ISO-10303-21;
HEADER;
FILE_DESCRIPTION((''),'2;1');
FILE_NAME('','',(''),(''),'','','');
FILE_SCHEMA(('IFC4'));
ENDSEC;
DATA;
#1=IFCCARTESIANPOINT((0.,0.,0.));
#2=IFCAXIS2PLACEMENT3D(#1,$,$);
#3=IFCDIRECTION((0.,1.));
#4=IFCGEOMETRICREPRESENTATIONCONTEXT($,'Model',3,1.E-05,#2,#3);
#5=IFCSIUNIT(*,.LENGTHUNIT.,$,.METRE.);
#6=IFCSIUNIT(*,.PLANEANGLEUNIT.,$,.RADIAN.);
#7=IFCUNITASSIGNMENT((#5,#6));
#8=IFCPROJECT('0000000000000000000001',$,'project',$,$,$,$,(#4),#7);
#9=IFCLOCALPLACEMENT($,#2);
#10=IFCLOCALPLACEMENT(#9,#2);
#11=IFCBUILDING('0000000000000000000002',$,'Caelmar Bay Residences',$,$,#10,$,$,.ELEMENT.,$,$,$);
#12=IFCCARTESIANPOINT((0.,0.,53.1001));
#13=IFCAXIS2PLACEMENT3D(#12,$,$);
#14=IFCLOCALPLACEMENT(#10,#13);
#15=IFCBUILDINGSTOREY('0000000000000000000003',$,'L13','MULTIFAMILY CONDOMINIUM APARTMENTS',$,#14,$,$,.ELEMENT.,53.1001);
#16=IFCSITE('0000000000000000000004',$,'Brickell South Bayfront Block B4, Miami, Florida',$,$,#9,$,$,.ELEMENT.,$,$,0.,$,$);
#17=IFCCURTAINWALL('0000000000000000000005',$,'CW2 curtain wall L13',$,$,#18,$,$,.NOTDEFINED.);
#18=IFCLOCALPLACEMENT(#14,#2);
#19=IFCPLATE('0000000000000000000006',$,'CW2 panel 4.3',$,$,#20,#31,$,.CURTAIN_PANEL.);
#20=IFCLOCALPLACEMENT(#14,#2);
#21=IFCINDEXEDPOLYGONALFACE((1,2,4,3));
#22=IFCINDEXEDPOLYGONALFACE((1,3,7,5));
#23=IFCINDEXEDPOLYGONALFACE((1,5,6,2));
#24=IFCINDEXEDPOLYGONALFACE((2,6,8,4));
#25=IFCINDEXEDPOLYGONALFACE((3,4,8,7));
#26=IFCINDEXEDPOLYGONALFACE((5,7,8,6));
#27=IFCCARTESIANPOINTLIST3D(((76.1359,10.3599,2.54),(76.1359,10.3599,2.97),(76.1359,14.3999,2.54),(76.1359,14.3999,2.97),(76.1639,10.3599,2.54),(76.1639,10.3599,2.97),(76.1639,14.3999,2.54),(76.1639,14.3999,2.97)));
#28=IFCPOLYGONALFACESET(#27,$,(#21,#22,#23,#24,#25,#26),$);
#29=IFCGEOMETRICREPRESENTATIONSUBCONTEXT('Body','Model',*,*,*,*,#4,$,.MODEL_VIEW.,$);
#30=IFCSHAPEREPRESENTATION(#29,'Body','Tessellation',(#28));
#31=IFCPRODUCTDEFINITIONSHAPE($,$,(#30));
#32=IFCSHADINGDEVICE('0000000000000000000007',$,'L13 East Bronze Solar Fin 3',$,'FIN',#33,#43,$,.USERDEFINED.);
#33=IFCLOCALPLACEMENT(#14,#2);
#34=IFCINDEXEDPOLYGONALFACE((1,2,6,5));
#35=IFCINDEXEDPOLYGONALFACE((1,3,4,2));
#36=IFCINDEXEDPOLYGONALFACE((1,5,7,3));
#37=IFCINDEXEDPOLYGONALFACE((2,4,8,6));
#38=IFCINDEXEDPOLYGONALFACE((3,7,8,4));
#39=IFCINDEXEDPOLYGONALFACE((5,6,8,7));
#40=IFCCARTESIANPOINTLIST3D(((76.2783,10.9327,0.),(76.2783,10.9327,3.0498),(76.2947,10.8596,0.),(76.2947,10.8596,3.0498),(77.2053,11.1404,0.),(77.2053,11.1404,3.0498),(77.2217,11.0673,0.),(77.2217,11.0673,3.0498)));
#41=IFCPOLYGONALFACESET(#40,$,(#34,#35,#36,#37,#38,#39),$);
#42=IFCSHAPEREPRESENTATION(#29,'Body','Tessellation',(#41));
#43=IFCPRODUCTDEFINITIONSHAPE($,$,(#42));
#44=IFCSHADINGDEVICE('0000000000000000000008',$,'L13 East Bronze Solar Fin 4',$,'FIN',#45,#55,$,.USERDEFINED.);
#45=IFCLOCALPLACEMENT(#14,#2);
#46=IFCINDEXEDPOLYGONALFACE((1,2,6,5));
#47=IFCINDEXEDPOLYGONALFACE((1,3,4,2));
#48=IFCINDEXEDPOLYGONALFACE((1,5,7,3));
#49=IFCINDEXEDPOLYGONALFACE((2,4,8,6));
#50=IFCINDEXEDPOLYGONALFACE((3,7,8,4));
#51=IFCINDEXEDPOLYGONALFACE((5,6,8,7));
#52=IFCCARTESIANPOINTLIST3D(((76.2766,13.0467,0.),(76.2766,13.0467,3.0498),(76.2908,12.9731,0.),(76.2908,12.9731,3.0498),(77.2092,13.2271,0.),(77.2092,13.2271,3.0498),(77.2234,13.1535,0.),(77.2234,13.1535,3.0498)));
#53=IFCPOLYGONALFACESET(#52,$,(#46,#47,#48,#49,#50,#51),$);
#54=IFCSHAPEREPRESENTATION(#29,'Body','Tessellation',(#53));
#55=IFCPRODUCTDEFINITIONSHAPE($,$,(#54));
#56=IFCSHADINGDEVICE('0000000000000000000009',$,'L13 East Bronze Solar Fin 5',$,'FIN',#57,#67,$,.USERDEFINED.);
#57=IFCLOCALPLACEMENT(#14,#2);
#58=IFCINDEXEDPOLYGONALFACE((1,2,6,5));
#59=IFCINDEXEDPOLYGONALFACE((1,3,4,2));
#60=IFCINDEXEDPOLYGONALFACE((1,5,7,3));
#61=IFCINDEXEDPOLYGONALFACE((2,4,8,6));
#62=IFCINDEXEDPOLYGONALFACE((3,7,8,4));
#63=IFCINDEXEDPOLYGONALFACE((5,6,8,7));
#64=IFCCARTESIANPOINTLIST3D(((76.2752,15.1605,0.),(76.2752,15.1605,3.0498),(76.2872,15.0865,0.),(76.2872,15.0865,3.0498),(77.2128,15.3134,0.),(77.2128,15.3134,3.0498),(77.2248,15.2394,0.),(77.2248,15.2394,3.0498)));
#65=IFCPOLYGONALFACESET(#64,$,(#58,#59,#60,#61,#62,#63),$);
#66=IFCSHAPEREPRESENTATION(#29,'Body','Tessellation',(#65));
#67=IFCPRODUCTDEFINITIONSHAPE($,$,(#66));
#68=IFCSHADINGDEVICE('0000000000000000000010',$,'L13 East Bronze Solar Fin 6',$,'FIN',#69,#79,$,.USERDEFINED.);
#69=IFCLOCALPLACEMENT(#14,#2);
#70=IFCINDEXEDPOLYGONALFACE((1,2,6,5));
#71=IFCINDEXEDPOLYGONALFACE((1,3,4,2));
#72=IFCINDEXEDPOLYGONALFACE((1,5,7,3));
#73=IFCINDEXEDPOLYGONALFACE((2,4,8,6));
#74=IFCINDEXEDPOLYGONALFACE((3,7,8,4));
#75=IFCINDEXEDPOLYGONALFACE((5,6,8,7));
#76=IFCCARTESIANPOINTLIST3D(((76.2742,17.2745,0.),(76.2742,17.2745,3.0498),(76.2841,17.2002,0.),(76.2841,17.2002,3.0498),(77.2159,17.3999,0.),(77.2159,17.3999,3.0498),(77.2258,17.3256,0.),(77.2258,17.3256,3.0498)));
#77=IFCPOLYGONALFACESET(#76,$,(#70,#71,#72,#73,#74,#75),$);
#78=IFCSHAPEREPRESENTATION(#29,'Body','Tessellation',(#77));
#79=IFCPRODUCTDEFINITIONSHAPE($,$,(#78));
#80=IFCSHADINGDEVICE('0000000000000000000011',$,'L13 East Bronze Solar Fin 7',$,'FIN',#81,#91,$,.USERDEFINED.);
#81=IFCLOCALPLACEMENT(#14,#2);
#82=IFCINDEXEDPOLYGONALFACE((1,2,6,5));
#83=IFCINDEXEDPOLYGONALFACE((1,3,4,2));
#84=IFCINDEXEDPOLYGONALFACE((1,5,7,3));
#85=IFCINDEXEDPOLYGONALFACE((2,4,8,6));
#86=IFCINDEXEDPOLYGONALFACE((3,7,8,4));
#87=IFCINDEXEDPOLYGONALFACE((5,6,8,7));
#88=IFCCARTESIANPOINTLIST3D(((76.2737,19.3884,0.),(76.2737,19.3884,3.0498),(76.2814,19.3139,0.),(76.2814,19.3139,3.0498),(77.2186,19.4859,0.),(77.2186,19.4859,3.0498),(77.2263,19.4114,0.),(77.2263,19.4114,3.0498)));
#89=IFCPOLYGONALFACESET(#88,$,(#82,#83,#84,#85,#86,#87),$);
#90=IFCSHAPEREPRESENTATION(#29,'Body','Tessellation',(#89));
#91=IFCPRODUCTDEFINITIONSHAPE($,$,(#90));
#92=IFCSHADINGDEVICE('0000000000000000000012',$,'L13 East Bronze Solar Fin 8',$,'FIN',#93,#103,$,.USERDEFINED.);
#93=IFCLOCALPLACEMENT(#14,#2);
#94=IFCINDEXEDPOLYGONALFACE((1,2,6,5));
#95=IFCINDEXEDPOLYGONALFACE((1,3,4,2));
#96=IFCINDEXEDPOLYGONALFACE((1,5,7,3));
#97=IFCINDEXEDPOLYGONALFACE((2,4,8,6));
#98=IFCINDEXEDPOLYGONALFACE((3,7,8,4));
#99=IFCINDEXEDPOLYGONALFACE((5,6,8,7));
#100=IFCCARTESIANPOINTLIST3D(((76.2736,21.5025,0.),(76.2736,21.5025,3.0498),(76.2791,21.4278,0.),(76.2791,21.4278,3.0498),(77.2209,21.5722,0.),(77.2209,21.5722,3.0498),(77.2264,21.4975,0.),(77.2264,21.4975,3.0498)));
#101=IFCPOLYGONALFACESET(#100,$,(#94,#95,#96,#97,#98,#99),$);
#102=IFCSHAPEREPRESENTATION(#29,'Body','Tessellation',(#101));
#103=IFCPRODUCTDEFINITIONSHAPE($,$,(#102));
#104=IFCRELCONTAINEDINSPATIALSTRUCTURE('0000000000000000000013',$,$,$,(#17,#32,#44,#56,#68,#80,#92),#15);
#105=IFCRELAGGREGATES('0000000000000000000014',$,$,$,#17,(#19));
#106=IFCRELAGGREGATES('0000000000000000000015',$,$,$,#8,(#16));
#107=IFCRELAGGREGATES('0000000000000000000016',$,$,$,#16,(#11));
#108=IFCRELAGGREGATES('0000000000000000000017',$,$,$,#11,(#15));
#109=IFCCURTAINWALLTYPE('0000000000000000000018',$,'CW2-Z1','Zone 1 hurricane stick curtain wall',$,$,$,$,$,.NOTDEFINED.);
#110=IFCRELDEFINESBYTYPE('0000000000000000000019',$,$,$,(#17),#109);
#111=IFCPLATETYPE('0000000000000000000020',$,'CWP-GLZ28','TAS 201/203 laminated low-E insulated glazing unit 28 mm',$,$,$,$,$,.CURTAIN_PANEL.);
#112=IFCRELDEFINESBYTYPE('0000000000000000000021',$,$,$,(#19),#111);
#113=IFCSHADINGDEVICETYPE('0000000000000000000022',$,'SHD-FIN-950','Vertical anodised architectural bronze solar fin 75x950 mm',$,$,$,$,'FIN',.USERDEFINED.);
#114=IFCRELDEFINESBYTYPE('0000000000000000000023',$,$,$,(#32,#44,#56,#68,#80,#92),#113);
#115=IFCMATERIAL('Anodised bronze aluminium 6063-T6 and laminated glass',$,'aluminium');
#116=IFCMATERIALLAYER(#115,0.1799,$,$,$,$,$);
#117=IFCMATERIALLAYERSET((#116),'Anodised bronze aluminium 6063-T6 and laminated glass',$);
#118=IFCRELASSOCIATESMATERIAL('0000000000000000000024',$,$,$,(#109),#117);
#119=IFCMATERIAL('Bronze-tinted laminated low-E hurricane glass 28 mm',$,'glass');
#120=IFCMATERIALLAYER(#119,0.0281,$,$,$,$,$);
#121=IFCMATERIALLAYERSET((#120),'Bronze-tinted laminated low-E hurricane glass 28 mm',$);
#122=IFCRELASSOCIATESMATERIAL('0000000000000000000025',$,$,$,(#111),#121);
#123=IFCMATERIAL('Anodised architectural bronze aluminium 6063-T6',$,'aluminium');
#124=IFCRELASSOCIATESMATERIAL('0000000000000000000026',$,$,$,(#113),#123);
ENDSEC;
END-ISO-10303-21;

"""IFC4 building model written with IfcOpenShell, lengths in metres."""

from ifc_helpers import new_model, si_unit, direction, frame, origin, origin_2d, place, context, subcontext, project, spatial, rectangle, extrude, material, layer, layer_set, material_profile, profile_set, type_object, element, aggregate, save


model = new_model("IFC4")

# Units and contexts
model_context = context("Model", 3, precision=1e-05, world=origin(), true_north=direction((0.0, 1.0)))
body_context = subcontext(model_context, "Body", "Model", "MODEL_VIEW")
ifc_project = project(units=[si_unit("LENGTHUNIT", "METRE"), si_unit("PLANEANGLEUNIT", "RADIAN")], contexts=[model_context])

# Site, building, storey
site_placement = place(None, origin())
site = spatial("IfcSite", under=ifc_project, at=site_placement, Name="Brickell South Bayfront Block B4, Miami, Florida", CompositionType="ELEMENT", RefElevation=0.0)
building_placement = place(site_placement, origin())
building = spatial("IfcBuilding", under=site, at=building_placement, Name="Caelmar Bay Residences", CompositionType="ELEMENT")
storey_placement = place(building_placement, frame((0.0, 0.0, 53.1001)))
storey = spatial("IfcBuildingStorey", under=building, at=storey_placement, Name="L13", Description="MULTIFAMILY CONDOMINIUM APARTMENTS", CompositionType="ELEMENT", Elevation=53.1001)

# Curtain wall, plate
ifc_material_1 = material(Name="Anodised bronze aluminium 6063-T6 and laminated glass", Category="aluminium")
ifc_layer_1 = layer(ifc_material_1, 0.1799)
ifc_layer_set_1 = layer_set([ifc_layer_1], Name="Anodised bronze aluminium 6063-T6 and laminated glass")
curtain_wall_type = type_object("IfcCurtainWallType", Name="CW2-Z1", Description="Zone 1 hurricane stick curtain wall", PredefinedType="NOTDEFINED", material=ifc_layer_set_1)
curtain_wall_placement = place(storey_placement, origin())
curtain_wall = element("IfcCurtainWall", 1, at=curtain_wall_placement, inside=storey, type_object=curtain_wall_type, Name="CW2 curtain wall L13", PredefinedType="NOTDEFINED")
ifc_material_2 = material(Name="Bronze-tinted laminated low-E hurricane glass 28 mm", Category="glass")
ifc_layer_2 = layer(ifc_material_2, 0.0281)
ifc_layer_set_2 = layer_set([ifc_layer_2], Name="Bronze-tinted laminated low-E hurricane glass 28 mm")
plate_type = type_object("IfcPlateType", Name="CWP-GLZ28", Description="TAS 201/203 laminated low-E insulated glazing unit 28 mm", PredefinedType="CURTAIN_PANEL", material=ifc_layer_set_2)
plate_1_placement = place(storey_placement, frame((76.1499, 12.3799, 2.54), z_axis=(0.0, 0.0, 1.0), x_axis=(0.0, -1.0, 0.0)))
plate_1 = element("IfcPlate", 2, at=plate_1_placement, type_object=plate_type, Name="CW2 panel 4.3", PredefinedType="CURTAIN_PANEL", context=body_context, shape_type="SweptSolid", body=[
    extrude(rectangle(XDim=4.04, YDim=0.0281, at=origin_2d()), origin(), (0.0, 0.0, 1.0), 0.4299),
])
aggregate(curtain_wall, [plate_1])

# Shading devices
ifc_material_3 = material(Name="Anodised architectural bronze aluminium 6063-T6", Category="aluminium")
ifc_material_profile_1 = material_profile(ifc_material_3, rectangle(XDim=0.075, YDim=0.95, at=origin_2d()), Name="BRONZE-FIN-75X950")
ifc_profile_set_1 = profile_set([ifc_material_profile_1], Name="Anodised architectural bronze aluminium 6063-T6")
shading_device_type = type_object("IfcShadingDeviceType", Name="SHD-FIN-950", Description="Vertical anodised architectural bronze solar fin 75x950 mm", ElementType="FIN", PredefinedType="USERDEFINED", material=ifc_profile_set_1)
for number, where, z_axis, x_axis, name in (
    (3, (76.75, 11.0, 0.0), (0.0, 0.0, 1.0), (-0.218654, 0.975802, 0.0), "L13 East Bronze Solar Fin 3"),
    (4, (76.75, 13.1001, 0.0), (0.0, 0.0, 1.0), (-0.189952, 0.981793, 0.0), "L13 East Bronze Solar Fin 4"),
    (5, (76.75, 15.2, 0.0), (0.0, 0.0, 1.0), (-0.160915, 0.986968, 0.0), "L13 East Bronze Solar Fin 5"),
    (6, (76.75, 17.3, 0.0), (0.0, 0.0, 1.0), (-0.13191, 0.991262, 0.0), "L13 East Bronze Solar Fin 6"),
    (7, (76.75, 19.3999, 0.0), (0.0, 0.0, 1.0), (-0.102619, 0.994721, 0.0), "L13 East Bronze Solar Fin 7"),
    (8, (76.75, 21.5, 0.0), (0.0, 0.0, 1.0), (-0.073412, 0.997302, 0.0), "L13 East Bronze Solar Fin 8"),
):
    element("IfcShadingDevice", number, at=place(storey_placement, frame(where, z_axis=z_axis, x_axis=x_axis)), inside=storey, type_object=shading_device_type, Name=name, ObjectType="FIN", PredefinedType="USERDEFINED", context=body_context, shape_type="SweptSolid", body=[
        extrude(rectangle(XDim=0.075, YDim=0.95, at=origin_2d()), origin(), (0.0, 0.0, 1.0), 3.0498),
    ])

save(model, "model.ifc")
